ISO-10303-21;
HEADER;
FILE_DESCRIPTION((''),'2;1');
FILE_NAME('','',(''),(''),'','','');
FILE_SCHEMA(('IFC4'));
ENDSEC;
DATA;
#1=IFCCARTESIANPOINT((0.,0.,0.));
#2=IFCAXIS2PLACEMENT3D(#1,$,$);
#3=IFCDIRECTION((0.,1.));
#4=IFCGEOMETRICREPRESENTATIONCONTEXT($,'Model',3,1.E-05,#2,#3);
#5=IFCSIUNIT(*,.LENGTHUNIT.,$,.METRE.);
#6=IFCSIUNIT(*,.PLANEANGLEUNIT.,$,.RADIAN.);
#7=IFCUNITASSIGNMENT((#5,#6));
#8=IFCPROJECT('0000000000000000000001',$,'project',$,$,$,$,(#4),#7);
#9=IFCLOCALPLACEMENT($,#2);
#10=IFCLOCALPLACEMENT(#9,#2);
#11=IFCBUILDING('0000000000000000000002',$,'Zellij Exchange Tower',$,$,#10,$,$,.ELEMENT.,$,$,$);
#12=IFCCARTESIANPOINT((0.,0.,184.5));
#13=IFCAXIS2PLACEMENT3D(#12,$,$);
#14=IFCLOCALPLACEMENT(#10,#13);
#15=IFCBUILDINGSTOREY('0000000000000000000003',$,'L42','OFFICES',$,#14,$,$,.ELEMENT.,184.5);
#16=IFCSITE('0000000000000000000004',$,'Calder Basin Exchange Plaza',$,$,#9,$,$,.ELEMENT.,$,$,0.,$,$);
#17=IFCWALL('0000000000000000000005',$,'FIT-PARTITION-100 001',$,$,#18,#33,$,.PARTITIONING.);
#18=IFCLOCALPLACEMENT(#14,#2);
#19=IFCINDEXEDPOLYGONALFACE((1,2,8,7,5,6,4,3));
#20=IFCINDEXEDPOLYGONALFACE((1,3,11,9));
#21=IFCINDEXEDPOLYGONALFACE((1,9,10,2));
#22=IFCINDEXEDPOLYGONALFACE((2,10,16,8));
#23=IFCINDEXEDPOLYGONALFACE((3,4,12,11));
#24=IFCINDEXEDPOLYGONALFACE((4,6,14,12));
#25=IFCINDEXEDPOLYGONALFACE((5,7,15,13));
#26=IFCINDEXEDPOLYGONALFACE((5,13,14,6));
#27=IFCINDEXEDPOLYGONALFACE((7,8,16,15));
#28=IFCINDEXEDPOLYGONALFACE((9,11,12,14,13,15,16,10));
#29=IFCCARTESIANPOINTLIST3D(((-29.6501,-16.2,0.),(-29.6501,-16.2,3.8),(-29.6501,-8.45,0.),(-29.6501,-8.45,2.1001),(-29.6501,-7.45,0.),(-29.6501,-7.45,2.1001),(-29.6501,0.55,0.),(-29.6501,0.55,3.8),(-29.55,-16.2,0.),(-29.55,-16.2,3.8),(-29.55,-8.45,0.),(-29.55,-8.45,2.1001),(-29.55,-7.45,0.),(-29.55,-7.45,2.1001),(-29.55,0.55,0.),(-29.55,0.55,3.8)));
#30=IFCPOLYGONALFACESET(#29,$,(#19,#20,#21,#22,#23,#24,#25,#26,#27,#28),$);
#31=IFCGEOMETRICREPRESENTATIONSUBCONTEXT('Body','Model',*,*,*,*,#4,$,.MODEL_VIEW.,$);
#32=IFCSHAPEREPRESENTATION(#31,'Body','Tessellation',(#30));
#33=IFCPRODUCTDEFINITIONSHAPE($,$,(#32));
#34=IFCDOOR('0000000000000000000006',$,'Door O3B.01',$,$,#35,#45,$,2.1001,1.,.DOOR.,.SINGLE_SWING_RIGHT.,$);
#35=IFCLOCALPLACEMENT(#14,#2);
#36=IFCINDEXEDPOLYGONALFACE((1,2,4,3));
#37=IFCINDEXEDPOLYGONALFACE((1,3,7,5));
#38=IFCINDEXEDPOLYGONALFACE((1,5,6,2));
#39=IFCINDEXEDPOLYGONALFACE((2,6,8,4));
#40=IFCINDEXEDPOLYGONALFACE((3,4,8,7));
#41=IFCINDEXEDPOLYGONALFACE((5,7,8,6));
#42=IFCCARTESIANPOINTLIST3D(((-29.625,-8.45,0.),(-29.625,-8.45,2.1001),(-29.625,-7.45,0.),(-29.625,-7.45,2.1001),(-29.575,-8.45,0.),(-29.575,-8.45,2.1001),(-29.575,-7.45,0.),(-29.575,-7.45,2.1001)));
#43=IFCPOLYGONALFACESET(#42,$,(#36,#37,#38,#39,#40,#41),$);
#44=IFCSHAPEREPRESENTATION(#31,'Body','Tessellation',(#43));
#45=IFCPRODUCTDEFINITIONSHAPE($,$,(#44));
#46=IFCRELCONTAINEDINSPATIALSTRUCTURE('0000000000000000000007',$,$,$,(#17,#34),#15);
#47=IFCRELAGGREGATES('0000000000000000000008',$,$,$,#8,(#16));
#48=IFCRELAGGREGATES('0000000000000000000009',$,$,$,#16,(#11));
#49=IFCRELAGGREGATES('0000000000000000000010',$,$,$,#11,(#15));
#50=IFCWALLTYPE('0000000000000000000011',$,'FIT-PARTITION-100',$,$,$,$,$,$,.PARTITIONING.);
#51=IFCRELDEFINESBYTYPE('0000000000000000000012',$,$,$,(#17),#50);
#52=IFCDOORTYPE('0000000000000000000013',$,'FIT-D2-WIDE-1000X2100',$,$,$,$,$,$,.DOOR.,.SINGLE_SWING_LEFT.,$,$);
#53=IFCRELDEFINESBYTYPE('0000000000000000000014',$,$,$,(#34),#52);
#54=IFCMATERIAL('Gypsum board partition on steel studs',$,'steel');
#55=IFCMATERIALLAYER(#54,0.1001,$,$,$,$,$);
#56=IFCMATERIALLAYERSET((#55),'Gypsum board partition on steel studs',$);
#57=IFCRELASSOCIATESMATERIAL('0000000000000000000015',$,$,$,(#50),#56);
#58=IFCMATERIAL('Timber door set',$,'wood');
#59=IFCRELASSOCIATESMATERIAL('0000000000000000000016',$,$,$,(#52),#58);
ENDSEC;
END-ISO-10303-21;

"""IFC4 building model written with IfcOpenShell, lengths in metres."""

from ifc_helpers import new_model, si_unit, direction, frame, frame_2d, origin, place, context, subcontext, project, spatial, rectangle, extrude, material, layer, layer_set, type_object, element, fill, save


model = new_model("IFC4")

# Units and contexts
model_context = context("Model", 3, precision=1e-05, world=origin(), true_north=direction((0.0, 1.0)))
body_context = subcontext(model_context, "Body", "Model", "MODEL_VIEW")
ifc_project = project(units=[si_unit("LENGTHUNIT", "METRE"), si_unit("PLANEANGLEUNIT", "RADIAN")], contexts=[model_context])

# Site, building, storey
site_placement = place(None, origin())
site = spatial("IfcSite", under=ifc_project, at=site_placement, Name="Calder Basin Exchange Plaza", CompositionType="ELEMENT", RefElevation=0.0)
building_placement = place(site_placement, origin())
building = spatial("IfcBuilding", under=site, at=building_placement, Name="Zellij Exchange Tower", CompositionType="ELEMENT")
storey_placement = place(building_placement, frame((0.0, 0.0, 184.5)))
storey = spatial("IfcBuildingStorey", under=building, at=storey_placement, Name="L42", Description="OFFICES", CompositionType="ELEMENT", Elevation=184.5)

# Wall, opening, door
ifc_material_1 = material(Name="Gypsum board partition on steel studs", Category="steel")
ifc_layer_1 = layer(ifc_material_1, 0.1001)
ifc_layer_set_1 = layer_set([ifc_layer_1], Name="Gypsum board partition on steel studs")
wall_type_1 = type_object("IfcWallType", Name="FIT-PARTITION-100", PredefinedType="PARTITIONING", material=ifc_layer_set_1)
wall_1_placement = place(storey_placement, frame((-29.6001, -16.2, 0.0), z_axis=(0.0, 0.0, 1.0), x_axis=(0.0, 1.0, 0.0)))
wall_1 = element("IfcWall", 1, at=wall_1_placement, inside=storey, type_object=wall_type_1, Name="FIT-PARTITION-100 001", PredefinedType="PARTITIONING", context=body_context, shape_type="SweptSolid", body=[
    extrude(rectangle(XDim=16.75, YDim=0.1001, at=frame_2d((8.375, 0.0))), origin(), (0.0, 0.0, 1.0), 3.8),
])
opening_1_placement = place(wall_1_placement, frame((7.75, 0.0, 0.0)))
opening_1 = element("IfcOpeningElement", 2, at=opening_1_placement, cuts=wall_1, PredefinedType="OPENING", context=body_context, shape_type="SweptSolid", body=[
    extrude(rectangle(XDim=1.0, YDim=2.1001, at=frame_2d((0.5, 1.05))), frame((0.0, 0.062, 0.0), z_axis=(0.0, -1.0, 0.0), x_axis=(1.0, 0.0, 0.0)), (0.0, 0.0, 1.0), 0.124),
])
ifc_material_2 = material(Name="Timber door set", Category="wood")
door_type_1 = type_object("IfcDoorType", Name="FIT-D2-WIDE-1000X2100", OperationType="SINGLE_SWING_LEFT", PredefinedType="DOOR", material=ifc_material_2)
door_1_placement = place(opening_1_placement, origin())
door_1 = element("IfcDoor", 3, at=door_1_placement, inside=storey, type_object=door_type_1, Name="Door O3B.01", OperationType="SINGLE_SWING_RIGHT", OverallHeight=2.1001, OverallWidth=1.0, PredefinedType="DOOR", context=body_context, shape_type="SweptSolid", body=[
    extrude(rectangle(XDim=1.0, YDim=2.1001, at=frame_2d((0.5, 1.05))), frame((0.0, 0.0249, 0.0), z_axis=(0.0, -1.0, 0.0), x_axis=(1.0, 0.0, 0.0)), (0.0, 0.0, 1.0), 0.05),
])
fill(opening_1, door_1)

save(model, "model.ifc")
